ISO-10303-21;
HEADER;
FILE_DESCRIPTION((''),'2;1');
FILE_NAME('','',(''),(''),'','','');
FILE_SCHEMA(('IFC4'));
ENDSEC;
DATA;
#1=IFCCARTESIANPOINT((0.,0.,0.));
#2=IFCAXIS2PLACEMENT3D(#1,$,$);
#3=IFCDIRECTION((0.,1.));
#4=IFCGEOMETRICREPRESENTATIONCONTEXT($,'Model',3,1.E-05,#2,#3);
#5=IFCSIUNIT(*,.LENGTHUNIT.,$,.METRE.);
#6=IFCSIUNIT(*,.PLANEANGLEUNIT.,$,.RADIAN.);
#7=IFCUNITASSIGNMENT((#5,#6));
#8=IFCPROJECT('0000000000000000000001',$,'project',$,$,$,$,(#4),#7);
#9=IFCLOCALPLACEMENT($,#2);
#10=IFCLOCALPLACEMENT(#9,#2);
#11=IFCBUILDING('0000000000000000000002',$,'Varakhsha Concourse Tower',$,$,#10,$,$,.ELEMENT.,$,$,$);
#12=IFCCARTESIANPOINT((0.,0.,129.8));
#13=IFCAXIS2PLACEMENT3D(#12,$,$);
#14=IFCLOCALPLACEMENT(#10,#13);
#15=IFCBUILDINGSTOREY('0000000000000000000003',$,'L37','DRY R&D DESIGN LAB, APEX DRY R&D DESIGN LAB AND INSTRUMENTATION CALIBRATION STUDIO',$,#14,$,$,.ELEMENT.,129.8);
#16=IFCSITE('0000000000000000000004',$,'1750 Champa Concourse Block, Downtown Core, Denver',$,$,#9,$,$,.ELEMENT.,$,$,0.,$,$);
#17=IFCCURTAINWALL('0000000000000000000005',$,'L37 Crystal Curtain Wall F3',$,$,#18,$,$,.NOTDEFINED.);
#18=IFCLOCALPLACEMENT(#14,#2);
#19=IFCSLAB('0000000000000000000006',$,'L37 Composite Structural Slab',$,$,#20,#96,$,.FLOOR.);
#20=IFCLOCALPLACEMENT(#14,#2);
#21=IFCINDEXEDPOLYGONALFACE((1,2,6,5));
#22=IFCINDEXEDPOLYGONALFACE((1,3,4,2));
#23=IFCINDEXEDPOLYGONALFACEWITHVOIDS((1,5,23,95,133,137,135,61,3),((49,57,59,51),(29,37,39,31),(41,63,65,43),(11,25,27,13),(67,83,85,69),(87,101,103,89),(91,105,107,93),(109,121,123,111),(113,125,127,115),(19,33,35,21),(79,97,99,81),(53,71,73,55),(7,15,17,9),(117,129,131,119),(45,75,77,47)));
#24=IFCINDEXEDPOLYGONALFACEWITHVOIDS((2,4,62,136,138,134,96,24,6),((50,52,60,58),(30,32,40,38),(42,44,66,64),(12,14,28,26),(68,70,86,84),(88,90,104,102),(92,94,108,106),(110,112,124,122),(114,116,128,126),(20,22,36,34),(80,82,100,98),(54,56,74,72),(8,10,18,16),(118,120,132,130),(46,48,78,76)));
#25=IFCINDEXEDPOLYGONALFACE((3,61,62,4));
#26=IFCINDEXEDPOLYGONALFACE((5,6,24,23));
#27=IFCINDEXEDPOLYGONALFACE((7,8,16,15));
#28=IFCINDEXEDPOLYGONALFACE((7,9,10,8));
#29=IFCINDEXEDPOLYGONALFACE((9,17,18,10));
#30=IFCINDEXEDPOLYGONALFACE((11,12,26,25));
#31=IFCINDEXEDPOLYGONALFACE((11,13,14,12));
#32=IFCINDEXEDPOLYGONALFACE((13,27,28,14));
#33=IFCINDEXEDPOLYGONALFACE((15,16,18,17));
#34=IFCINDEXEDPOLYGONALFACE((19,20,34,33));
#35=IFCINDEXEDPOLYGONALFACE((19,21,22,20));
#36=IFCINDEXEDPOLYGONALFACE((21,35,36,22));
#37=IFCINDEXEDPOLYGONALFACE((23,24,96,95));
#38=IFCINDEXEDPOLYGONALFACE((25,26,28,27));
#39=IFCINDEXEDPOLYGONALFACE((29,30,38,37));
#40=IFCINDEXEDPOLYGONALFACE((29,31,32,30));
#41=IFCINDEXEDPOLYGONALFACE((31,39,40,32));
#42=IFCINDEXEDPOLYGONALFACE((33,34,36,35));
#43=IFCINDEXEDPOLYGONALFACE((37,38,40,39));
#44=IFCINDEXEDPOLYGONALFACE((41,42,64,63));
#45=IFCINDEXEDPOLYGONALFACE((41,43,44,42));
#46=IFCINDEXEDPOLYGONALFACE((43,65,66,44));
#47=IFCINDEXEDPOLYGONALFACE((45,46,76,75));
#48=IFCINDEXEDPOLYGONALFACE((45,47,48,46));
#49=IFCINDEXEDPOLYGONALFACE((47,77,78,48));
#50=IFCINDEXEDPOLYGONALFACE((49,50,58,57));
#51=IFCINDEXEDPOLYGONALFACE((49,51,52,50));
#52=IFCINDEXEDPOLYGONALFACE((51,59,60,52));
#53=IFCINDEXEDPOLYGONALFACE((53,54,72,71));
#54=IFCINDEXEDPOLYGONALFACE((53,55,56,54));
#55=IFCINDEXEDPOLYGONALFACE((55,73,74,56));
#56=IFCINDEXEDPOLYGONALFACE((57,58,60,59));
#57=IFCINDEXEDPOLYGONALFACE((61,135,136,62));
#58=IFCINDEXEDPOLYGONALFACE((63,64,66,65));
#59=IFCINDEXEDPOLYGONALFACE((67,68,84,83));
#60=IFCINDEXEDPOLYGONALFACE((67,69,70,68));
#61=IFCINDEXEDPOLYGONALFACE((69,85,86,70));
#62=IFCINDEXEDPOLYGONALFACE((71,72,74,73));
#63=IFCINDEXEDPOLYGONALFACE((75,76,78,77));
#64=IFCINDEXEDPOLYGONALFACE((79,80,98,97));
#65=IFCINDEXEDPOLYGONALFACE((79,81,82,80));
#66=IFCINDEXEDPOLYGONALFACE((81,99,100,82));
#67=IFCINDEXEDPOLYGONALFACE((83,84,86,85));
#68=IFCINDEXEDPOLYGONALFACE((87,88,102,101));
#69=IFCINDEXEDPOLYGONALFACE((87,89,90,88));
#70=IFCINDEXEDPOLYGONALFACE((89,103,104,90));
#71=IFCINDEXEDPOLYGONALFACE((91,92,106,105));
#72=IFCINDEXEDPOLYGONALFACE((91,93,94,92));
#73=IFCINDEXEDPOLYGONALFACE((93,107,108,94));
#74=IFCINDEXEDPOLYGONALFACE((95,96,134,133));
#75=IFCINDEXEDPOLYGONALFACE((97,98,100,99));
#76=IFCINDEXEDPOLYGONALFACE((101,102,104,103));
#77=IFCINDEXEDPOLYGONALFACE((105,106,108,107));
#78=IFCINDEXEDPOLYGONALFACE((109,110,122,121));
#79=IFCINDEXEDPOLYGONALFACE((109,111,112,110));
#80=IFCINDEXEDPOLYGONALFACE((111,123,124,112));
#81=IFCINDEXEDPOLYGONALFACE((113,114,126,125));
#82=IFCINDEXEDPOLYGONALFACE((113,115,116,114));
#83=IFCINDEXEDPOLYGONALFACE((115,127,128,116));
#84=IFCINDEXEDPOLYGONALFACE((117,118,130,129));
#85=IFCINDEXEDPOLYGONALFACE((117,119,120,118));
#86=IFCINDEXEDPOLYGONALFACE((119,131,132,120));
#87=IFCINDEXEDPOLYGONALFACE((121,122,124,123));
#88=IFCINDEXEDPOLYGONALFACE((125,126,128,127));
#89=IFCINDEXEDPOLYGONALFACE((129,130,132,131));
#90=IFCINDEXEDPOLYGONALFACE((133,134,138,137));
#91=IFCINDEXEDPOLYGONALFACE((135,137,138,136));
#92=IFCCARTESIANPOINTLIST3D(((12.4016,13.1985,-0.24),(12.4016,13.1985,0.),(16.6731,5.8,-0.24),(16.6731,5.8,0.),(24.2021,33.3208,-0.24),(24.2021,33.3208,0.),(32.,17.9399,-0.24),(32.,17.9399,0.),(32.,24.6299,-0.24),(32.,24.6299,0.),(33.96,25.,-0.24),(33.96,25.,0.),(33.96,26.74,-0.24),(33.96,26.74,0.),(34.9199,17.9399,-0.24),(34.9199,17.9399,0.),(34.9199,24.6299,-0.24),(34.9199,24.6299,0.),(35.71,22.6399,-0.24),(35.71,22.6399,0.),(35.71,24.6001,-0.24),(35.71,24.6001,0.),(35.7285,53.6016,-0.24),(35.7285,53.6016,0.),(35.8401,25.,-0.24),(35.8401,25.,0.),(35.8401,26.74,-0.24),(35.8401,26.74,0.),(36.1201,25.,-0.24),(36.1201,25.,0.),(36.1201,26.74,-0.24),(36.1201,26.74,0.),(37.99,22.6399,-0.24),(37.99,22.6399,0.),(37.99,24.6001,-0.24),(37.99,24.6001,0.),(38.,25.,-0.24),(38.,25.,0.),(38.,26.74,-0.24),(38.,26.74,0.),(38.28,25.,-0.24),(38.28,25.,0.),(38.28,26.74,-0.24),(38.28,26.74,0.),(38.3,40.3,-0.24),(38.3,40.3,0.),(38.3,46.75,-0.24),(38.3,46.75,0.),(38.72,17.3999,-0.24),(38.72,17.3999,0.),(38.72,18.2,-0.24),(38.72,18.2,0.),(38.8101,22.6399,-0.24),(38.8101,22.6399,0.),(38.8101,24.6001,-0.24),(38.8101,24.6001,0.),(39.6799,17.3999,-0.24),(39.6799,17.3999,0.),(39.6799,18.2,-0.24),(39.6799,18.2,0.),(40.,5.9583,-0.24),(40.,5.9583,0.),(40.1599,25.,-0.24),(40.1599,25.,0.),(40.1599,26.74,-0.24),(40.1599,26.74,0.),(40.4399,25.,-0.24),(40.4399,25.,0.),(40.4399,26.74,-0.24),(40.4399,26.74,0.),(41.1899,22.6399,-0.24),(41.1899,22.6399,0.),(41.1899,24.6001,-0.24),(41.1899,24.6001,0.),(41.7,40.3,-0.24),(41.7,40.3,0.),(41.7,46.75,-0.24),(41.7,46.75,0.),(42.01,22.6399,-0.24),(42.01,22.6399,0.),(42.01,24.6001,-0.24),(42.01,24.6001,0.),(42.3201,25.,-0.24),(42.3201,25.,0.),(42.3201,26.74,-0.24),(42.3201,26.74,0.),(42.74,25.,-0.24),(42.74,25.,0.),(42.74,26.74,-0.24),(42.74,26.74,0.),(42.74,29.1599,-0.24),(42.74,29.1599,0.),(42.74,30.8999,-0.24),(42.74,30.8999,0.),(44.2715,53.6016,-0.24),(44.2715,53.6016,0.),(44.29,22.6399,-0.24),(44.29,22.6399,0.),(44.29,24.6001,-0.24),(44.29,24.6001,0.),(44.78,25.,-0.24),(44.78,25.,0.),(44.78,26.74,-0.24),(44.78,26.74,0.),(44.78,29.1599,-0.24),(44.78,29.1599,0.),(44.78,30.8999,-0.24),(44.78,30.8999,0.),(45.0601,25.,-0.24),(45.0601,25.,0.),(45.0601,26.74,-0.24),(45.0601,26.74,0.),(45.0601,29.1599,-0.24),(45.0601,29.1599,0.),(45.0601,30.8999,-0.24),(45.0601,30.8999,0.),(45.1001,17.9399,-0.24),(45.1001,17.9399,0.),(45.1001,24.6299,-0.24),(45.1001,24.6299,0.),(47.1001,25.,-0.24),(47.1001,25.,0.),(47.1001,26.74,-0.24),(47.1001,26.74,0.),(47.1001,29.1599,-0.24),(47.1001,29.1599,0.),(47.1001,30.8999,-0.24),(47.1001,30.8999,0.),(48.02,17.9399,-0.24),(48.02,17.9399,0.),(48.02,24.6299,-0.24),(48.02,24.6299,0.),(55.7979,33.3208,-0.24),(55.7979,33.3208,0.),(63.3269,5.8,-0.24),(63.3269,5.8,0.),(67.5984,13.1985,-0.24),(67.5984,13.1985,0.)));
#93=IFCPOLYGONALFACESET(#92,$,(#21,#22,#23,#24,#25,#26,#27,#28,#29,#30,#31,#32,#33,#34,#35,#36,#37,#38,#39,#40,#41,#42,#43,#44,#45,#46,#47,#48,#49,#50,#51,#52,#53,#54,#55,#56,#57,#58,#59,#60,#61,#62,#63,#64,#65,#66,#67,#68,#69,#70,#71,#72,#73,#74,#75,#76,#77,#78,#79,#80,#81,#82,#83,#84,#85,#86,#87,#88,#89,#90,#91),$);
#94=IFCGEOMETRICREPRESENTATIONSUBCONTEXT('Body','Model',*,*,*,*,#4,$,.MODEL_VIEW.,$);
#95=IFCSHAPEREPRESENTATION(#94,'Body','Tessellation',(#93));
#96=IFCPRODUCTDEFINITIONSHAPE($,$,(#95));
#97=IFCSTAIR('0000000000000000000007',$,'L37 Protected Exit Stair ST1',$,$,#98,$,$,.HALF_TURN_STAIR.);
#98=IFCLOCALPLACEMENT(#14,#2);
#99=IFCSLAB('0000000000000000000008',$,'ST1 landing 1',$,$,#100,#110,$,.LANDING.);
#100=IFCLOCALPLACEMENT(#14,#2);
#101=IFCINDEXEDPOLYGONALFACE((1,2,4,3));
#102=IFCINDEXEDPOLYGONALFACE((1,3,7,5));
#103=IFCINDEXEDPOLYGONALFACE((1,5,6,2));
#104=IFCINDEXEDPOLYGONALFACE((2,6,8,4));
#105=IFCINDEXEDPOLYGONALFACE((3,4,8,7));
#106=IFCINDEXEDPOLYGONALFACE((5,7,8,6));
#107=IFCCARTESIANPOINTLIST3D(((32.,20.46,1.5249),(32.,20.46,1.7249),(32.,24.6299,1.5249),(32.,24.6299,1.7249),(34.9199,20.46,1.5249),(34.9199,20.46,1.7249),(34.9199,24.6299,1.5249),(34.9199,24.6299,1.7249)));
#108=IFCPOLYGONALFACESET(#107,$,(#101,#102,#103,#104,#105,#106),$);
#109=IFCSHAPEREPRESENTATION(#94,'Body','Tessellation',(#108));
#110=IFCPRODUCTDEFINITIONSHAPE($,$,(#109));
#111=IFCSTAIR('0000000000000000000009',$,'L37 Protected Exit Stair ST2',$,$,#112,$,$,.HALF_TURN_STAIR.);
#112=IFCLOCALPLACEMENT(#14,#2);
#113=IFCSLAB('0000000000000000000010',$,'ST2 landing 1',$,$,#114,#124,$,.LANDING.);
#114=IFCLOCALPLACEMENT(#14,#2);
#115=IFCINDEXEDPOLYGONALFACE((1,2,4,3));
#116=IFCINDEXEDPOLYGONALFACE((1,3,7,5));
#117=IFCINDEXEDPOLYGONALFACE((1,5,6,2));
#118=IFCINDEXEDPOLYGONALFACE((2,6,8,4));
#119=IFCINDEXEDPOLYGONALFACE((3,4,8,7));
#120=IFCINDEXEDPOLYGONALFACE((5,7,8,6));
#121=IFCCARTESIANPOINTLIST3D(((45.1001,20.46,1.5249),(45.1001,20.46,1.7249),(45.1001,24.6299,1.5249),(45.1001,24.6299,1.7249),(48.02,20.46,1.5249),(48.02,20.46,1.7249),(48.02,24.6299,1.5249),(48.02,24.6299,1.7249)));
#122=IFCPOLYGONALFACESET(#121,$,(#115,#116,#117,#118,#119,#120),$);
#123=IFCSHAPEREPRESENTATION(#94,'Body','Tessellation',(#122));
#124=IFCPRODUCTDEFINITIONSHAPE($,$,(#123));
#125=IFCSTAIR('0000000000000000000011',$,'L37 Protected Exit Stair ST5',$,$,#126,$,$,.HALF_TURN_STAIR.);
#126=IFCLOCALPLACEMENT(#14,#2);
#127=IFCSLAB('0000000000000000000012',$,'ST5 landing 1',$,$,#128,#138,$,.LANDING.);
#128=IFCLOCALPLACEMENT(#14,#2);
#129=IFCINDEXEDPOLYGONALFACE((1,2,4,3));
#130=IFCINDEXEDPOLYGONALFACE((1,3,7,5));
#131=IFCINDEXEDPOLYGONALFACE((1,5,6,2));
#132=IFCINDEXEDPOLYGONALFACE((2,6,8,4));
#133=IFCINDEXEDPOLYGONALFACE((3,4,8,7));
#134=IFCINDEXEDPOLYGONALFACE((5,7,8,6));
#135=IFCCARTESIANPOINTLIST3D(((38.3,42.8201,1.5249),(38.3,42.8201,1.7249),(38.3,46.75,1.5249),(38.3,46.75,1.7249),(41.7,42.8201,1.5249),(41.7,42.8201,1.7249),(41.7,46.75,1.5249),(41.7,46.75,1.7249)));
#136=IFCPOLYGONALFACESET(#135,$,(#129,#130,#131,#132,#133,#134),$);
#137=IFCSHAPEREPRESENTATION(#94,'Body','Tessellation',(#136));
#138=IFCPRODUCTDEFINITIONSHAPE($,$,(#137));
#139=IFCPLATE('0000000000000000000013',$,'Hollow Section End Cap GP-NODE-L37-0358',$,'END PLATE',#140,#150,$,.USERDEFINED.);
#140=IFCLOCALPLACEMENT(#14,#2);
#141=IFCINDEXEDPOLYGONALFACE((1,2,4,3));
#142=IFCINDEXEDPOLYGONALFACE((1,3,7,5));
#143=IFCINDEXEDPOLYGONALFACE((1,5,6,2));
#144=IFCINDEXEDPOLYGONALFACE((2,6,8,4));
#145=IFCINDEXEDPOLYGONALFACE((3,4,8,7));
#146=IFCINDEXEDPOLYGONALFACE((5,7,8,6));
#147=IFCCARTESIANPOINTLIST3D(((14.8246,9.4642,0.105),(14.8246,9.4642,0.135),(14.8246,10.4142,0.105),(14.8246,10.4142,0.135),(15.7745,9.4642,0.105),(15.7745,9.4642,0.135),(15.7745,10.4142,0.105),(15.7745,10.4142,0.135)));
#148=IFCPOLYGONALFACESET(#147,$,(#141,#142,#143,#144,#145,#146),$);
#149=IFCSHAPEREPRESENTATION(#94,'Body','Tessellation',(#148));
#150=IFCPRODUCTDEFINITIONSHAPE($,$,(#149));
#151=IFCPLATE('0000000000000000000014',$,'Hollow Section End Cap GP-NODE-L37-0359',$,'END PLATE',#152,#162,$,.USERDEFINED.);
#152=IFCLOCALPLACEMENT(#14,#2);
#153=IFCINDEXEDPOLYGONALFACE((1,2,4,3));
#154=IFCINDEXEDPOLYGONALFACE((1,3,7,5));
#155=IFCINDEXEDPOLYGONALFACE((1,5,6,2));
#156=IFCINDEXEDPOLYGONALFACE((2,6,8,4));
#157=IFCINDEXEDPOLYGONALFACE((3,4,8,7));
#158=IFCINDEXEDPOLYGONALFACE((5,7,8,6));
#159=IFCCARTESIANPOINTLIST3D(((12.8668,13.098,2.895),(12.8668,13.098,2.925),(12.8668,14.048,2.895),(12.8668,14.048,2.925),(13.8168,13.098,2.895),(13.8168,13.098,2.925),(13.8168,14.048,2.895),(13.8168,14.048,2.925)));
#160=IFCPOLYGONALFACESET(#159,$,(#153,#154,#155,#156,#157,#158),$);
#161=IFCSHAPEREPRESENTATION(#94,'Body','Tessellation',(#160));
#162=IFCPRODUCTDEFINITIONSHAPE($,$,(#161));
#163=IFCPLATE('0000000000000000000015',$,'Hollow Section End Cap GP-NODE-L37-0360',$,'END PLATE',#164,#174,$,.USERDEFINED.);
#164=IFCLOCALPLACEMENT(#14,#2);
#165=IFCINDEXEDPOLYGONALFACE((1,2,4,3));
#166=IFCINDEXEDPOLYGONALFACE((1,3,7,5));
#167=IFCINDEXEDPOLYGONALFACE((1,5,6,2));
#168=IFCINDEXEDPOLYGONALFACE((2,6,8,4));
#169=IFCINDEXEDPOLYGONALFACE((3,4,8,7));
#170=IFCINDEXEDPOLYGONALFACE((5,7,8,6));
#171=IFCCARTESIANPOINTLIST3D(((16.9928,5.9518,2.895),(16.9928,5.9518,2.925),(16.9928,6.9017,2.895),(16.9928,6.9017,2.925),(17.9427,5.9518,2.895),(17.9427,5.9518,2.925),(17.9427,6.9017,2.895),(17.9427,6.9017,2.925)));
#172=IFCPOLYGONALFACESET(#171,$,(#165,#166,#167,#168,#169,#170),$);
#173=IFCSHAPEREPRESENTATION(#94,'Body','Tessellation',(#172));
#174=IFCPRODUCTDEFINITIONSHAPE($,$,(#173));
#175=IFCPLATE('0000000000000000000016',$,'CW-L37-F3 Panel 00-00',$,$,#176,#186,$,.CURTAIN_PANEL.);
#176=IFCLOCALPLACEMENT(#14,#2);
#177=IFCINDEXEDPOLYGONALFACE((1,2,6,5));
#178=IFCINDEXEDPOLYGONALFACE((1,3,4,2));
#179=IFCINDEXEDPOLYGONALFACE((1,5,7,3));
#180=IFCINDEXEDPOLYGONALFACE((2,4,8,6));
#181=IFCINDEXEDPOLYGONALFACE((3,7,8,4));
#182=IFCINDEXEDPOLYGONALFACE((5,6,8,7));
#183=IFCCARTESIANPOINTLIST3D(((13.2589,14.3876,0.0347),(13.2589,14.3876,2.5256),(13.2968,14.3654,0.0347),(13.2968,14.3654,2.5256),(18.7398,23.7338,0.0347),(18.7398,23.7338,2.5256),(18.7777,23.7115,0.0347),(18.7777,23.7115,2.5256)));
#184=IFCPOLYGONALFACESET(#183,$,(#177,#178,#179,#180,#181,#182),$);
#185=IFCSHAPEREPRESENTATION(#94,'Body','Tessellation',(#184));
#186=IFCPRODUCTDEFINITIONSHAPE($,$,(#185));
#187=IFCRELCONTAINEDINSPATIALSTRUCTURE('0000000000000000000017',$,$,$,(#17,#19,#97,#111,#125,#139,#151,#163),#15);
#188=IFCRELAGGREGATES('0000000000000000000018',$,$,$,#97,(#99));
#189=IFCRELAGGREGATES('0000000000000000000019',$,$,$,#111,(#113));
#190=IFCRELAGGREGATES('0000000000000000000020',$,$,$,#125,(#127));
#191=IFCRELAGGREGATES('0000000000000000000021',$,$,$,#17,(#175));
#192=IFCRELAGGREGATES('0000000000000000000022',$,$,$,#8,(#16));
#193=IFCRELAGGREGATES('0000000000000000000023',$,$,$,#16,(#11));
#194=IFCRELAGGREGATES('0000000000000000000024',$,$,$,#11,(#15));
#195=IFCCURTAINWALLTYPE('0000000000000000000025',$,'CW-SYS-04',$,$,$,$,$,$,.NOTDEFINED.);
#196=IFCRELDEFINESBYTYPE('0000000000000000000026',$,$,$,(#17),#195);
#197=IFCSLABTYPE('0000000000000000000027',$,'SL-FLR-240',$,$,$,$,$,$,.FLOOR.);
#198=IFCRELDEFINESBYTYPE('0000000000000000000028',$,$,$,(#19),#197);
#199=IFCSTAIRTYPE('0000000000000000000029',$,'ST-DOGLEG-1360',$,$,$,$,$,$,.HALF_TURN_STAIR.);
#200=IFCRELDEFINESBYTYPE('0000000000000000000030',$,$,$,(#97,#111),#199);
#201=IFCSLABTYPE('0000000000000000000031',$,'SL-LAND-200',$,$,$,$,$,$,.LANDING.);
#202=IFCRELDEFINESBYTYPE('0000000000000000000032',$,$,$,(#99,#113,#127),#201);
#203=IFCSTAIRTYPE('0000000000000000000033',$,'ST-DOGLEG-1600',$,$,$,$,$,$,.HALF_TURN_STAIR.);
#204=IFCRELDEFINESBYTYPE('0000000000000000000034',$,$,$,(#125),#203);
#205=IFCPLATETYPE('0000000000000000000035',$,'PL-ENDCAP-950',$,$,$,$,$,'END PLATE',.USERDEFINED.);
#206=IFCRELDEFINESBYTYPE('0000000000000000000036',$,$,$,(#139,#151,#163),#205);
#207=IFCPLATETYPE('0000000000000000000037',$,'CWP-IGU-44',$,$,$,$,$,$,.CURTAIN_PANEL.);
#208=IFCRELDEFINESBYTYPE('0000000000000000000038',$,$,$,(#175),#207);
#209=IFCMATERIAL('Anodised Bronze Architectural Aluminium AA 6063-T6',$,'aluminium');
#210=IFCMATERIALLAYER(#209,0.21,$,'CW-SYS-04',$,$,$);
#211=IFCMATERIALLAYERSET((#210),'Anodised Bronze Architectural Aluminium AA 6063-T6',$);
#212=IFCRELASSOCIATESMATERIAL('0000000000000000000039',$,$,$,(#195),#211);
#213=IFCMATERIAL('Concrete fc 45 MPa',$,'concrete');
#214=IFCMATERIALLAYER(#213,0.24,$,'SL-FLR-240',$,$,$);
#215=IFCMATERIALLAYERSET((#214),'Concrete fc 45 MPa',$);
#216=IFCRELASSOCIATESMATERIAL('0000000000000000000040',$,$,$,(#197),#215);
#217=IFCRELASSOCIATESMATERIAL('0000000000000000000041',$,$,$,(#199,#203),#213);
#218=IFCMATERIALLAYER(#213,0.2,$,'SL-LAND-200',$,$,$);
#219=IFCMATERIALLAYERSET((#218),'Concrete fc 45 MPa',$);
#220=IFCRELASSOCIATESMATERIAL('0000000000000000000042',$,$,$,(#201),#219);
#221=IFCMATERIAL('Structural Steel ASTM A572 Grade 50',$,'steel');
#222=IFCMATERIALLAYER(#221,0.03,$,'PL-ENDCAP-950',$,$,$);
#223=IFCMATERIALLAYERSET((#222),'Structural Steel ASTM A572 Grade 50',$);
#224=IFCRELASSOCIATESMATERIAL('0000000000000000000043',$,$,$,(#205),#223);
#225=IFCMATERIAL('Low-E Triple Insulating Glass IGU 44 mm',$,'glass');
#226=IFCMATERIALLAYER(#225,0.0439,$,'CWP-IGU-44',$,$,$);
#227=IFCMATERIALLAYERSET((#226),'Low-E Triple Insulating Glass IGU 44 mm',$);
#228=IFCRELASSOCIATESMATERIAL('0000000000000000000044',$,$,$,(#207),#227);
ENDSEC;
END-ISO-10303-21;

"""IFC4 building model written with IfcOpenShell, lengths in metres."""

from ifc_helpers import new_model, si_unit, direction, frame, origin, origin_2d, place, context, subcontext, project, spatial, polyline, rectangle, outline, extrude, source, transform, mapped, material, layer, layer_set, type_object, type_shapes, element, aggregate, save


model = new_model("IFC4")

# Units and contexts
model_context = context("Model", 3, precision=1e-05, world=origin(), true_north=direction((0.0, 1.0)))
body_context = subcontext(model_context, "Body", "Model", "MODEL_VIEW")
ifc_project = project(units=[si_unit("LENGTHUNIT", "METRE"), si_unit("PLANEANGLEUNIT", "RADIAN")], contexts=[model_context])

# Site, building, storey
site_placement = place(None, origin())
site = spatial("IfcSite", under=ifc_project, at=site_placement, Name="1750 Champa Concourse Block, Downtown Core, Denver", CompositionType="ELEMENT", RefElevation=0.0)
building_placement = place(site_placement, origin())
building = spatial("IfcBuilding", under=site, at=building_placement, Name="Varakhsha Concourse Tower", CompositionType="ELEMENT")
storey_placement = place(building_placement, frame((0.0, 0.0, 129.8)))
storey = spatial("IfcBuildingStorey", under=building, at=storey_placement, Name="L37", Description="DRY R&D DESIGN LAB, APEX DRY R&D DESIGN LAB AND INSTRUMENTATION CALIBRATION STUDIO", CompositionType="ELEMENT", Elevation=129.8)

# Shared definitions
ifc_material_1 = material(Name="Structural Steel ASTM A572 Grade 50", Category="steel")

# Curtain wall
ifc_material_2 = material(Name="Anodised Bronze Architectural Aluminium AA 6063-T6", Category="aluminium")
ifc_layer_1 = layer(ifc_material_2, 0.21, Name="CW-SYS-04")
ifc_layer_set_1 = layer_set([ifc_layer_1], Name="Anodised Bronze Architectural Aluminium AA 6063-T6")
curtain_wall_type = type_object("IfcCurtainWallType", Name="CW-SYS-04", PredefinedType="NOTDEFINED", material=ifc_layer_set_1)
curtain_wall_1_placement = place(storey_placement, origin())
curtain_wall_1 = element("IfcCurtainWall", 1, at=curtain_wall_1_placement, inside=storey, type_object=curtain_wall_type, Name="L37 Crystal Curtain Wall F3", PredefinedType="NOTDEFINED")

# Slab
ifc_material_3 = material(Name="Concrete fc 45 MPa", Category="concrete")
ifc_layer_2 = layer(ifc_material_3, 0.24, Name="SL-FLR-240")
ifc_layer_set_2 = layer_set([ifc_layer_2], Name="Concrete fc 45 MPa")
slab_type_1 = type_object("IfcSlabType", Name="SL-FLR-240", PredefinedType="FLOOR", material=ifc_layer_set_2)
slab_1_placement = place(storey_placement, frame((0.0, 0.0, -0.24)))
element("IfcSlab", 2, at=slab_1_placement, inside=storey, type_object=slab_type_1, Name="L37 Composite Structural Slab", PredefinedType="FLOOR", context=body_context, shape_type="SweptSolid", body=[
    extrude(outline(polyline([(44.2715, 53.6016), (35.7285, 53.6016), (24.2021, 33.3208), (12.4016, 13.1985), (16.6731, 5.8), (40.0, 5.9583), (63.3269, 5.8), (67.5984, 13.1985), (55.7979, 33.3208), (44.2715, 53.6016)]), holes=[polyline([(34.9199, 17.9399), (34.9199, 24.6299), (32.0, 24.6299), (32.0, 17.9399), (34.9199, 17.9399)]), polyline([(48.02, 17.9399), (48.02, 24.6299), (45.1001, 24.6299), (45.1001, 17.9399), (48.02, 17.9399)]), polyline([(41.7, 40.3), (41.7, 46.75), (38.3, 46.75), (38.3, 40.3), (41.7, 40.3)]), polyline([(33.96, 25.0), (35.8401, 25.0), (35.8401, 26.74), (33.96, 26.74), (33.96, 25.0)]), polyline([(36.1201, 25.0), (38.0, 25.0), (38.0, 26.74), (36.1201, 26.74), (36.1201, 25.0)]), polyline([(38.28, 25.0), (40.1599, 25.0), (40.1599, 26.74), (38.28, 26.74), (38.28, 25.0)]), polyline([(40.4399, 25.0), (42.3201, 25.0), (42.3201, 26.74), (40.4399, 26.74), (40.4399, 25.0)]), polyline([(42.74, 29.1599), (44.78, 29.1599), (44.78, 30.8999), (42.74, 30.8999), (42.74, 29.1599)]), polyline([(45.0601, 29.1599), (47.1001, 29.1599), (47.1001, 30.8999), (45.0601, 30.8999), (45.0601, 29.1599)]), polyline([(42.74, 25.0), (44.78, 25.0), (44.78, 26.74), (42.74, 26.74), (42.74, 25.0)]), polyline([(45.0601, 25.0), (47.1001, 25.0), (47.1001, 26.74), (45.0601, 26.74), (45.0601, 25.0)]), polyline([(35.71, 22.6399), (37.99, 22.6399), (37.99, 24.6001), (35.71, 24.6001), (35.71, 22.6399)]), polyline([(42.01, 22.6399), (44.29, 22.6399), (44.29, 24.6001), (42.01, 24.6001), (42.01, 22.6399)]), polyline([(38.8101, 22.6399), (41.1899, 22.6399), (41.1899, 24.6001), (38.8101, 24.6001), (38.8101, 22.6399)]), polyline([(38.72, 17.3999), (39.6799, 17.3999), (39.6799, 18.2), (38.72, 18.2), (38.72, 17.3999)])]), origin(), (0.0, 0.0, 1.0), 0.24),
])

# Stairs, slabs
stair_type_1 = type_object("IfcStairType", Name="ST-DOGLEG-1360", PredefinedType="HALF_TURN_STAIR", material=ifc_material_3)
stair_1_placement = place(storey_placement, origin())
stair_1 = element("IfcStair", 3, at=stair_1_placement, inside=storey, type_object=stair_type_1, Name="L37 Protected Exit Stair ST1", PredefinedType="HALF_TURN_STAIR")
ifc_layer_3 = layer(ifc_material_3, 0.2, Name="SL-LAND-200")
ifc_layer_set_3 = layer_set([ifc_layer_3], Name="Concrete fc 45 MPa")
slab_type_2 = type_object("IfcSlabType", Name="SL-LAND-200", PredefinedType="LANDING", material=ifc_layer_set_3)
slab_2_placement = place(storey_placement, frame((0.0, 0.0, 1.5249)))
slab_2 = element("IfcSlab", 4, at=slab_2_placement, type_object=slab_type_2, Name="ST1 landing 1", PredefinedType="LANDING", context=body_context, shape_type="SweptSolid", body=[
    extrude(outline(polyline([(34.9199, 20.46), (34.9199, 24.6299), (32.0, 24.6299), (32.0, 20.46), (34.9199, 20.46)])), origin(), (0.0, 0.0, 1.0), 0.2),
])
aggregate(stair_1, [slab_2])
stair_2_placement = place(storey_placement, origin())
stair_2 = element("IfcStair", 5, at=stair_2_placement, inside=storey, type_object=stair_type_1, Name="L37 Protected Exit Stair ST2", PredefinedType="HALF_TURN_STAIR")
slab_3_placement = place(storey_placement, frame((0.0, 0.0, 1.5249)))
slab_3 = element("IfcSlab", 6, at=slab_3_placement, type_object=slab_type_2, Name="ST2 landing 1", PredefinedType="LANDING", context=body_context, shape_type="SweptSolid", body=[
    extrude(outline(polyline([(48.02, 20.46), (48.02, 24.6299), (45.1001, 24.6299), (45.1001, 20.46), (48.02, 20.46)])), origin(), (0.0, 0.0, 1.0), 0.2),
])
aggregate(stair_2, [slab_3])
stair_type_2 = type_object("IfcStairType", Name="ST-DOGLEG-1600", PredefinedType="HALF_TURN_STAIR", material=ifc_material_3)
stair_3_placement = place(storey_placement, origin())
stair_3 = element("IfcStair", 7, at=stair_3_placement, inside=storey, type_object=stair_type_2, Name="L37 Protected Exit Stair ST5", PredefinedType="HALF_TURN_STAIR")
slab_4_placement = place(storey_placement, frame((0.0, 0.0, 1.5249)))
slab_4 = element("IfcSlab", 8, at=slab_4_placement, type_object=slab_type_2, Name="ST5 landing 1", PredefinedType="LANDING", context=body_context, shape_type="SweptSolid", body=[
    extrude(outline(polyline([(41.7, 42.8201), (41.7, 46.75), (38.3, 46.75), (38.3, 42.8201), (41.7, 42.8201)])), origin(), (0.0, 0.0, 1.0), 0.2),
])
aggregate(stair_3, [slab_4])

# Plates
ifc_layer_4 = layer(ifc_material_1, 0.03, Name="PL-ENDCAP-950")
ifc_layer_set_4 = layer_set([ifc_layer_4], Name="Structural Steel ASTM A572 Grade 50")
plate_type_1 = type_object("IfcPlateType", Name="PL-ENDCAP-950", ElementType="END PLATE", PredefinedType="USERDEFINED", material=ifc_layer_set_4)
shared_shape_1 = source(origin(), body_context, "Body", "SweptSolid", [
    extrude(rectangle(XDim=0.95, YDim=0.95, at=origin_2d()), origin(), (0.0, 0.0, 1.0), 0.03),
])
type_shapes(plate_type_1, [shared_shape_1])
for number, where, z_axis, x_axis, name in (
    (9, (15.2996, 9.9392, 0.105), (0.0, 0.0, 1.0), (1.0, 0.0, 0.0), "Hollow Section End Cap GP-NODE-L37-0358"),
    (10, (13.3418, 13.573, 2.895), (0.0, 0.0, 1.0), (1.0, 0.0, 0.0), "Hollow Section End Cap GP-NODE-L37-0359"),
    (11, (17.4678, 6.4268, 2.895), (0.0, 0.0, 1.0), (1.0, 0.0, 0.0), "Hollow Section End Cap GP-NODE-L37-0360"),
):
    element("IfcPlate", number, at=place(storey_placement, frame(where, z_axis=z_axis, x_axis=x_axis)), inside=storey, type_object=plate_type_1, Name=name, ObjectType="END PLATE", PredefinedType="USERDEFINED", context=body_context, shape_type="MappedRepresentation", body=[
        mapped(shared_shape_1, transform((0.0, 0.0, 0.0), scale=1.0)),
    ])

# Plate
ifc_material_4 = material(Name="Low-E Triple Insulating Glass IGU 44 mm", Category="glass")
ifc_layer_5 = layer(ifc_material_4, 0.0439, Name="CWP-IGU-44")
ifc_layer_set_5 = layer_set([ifc_layer_5], Name="Low-E Triple Insulating Glass IGU 44 mm")
plate_type_2 = type_object("IfcPlateType", Name="CWP-IGU-44", PredefinedType="CURTAIN_PANEL", material=ifc_layer_set_5)
shared_shape_2 = source(origin(), body_context, "Body", "SweptSolid", [
    extrude(rectangle(XDim=10.8347, YDim=0.0439, at=origin_2d()), origin(), (0.0, 0.0, 1.0), 2.491),
])
type_shapes(plate_type_2, [shared_shape_2])
plate_1_placement = place(storey_placement, frame((16.0183, 19.0496, 0.0347), z_axis=(0.0, 0.0, 1.0), x_axis=(0.505862, 0.862614, 0.0)))
plate_1 = element("IfcPlate", 12, at=plate_1_placement, type_object=plate_type_2, Name="CW-L37-F3 Panel 00-00", PredefinedType="CURTAIN_PANEL", context=body_context, shape_type="MappedRepresentation", body=[
    mapped(shared_shape_2, transform((0.0, 0.0, 0.0), scale=1.0)),
])
aggregate(curtain_wall_1, [plate_1])

save(model, "model.ifc")
